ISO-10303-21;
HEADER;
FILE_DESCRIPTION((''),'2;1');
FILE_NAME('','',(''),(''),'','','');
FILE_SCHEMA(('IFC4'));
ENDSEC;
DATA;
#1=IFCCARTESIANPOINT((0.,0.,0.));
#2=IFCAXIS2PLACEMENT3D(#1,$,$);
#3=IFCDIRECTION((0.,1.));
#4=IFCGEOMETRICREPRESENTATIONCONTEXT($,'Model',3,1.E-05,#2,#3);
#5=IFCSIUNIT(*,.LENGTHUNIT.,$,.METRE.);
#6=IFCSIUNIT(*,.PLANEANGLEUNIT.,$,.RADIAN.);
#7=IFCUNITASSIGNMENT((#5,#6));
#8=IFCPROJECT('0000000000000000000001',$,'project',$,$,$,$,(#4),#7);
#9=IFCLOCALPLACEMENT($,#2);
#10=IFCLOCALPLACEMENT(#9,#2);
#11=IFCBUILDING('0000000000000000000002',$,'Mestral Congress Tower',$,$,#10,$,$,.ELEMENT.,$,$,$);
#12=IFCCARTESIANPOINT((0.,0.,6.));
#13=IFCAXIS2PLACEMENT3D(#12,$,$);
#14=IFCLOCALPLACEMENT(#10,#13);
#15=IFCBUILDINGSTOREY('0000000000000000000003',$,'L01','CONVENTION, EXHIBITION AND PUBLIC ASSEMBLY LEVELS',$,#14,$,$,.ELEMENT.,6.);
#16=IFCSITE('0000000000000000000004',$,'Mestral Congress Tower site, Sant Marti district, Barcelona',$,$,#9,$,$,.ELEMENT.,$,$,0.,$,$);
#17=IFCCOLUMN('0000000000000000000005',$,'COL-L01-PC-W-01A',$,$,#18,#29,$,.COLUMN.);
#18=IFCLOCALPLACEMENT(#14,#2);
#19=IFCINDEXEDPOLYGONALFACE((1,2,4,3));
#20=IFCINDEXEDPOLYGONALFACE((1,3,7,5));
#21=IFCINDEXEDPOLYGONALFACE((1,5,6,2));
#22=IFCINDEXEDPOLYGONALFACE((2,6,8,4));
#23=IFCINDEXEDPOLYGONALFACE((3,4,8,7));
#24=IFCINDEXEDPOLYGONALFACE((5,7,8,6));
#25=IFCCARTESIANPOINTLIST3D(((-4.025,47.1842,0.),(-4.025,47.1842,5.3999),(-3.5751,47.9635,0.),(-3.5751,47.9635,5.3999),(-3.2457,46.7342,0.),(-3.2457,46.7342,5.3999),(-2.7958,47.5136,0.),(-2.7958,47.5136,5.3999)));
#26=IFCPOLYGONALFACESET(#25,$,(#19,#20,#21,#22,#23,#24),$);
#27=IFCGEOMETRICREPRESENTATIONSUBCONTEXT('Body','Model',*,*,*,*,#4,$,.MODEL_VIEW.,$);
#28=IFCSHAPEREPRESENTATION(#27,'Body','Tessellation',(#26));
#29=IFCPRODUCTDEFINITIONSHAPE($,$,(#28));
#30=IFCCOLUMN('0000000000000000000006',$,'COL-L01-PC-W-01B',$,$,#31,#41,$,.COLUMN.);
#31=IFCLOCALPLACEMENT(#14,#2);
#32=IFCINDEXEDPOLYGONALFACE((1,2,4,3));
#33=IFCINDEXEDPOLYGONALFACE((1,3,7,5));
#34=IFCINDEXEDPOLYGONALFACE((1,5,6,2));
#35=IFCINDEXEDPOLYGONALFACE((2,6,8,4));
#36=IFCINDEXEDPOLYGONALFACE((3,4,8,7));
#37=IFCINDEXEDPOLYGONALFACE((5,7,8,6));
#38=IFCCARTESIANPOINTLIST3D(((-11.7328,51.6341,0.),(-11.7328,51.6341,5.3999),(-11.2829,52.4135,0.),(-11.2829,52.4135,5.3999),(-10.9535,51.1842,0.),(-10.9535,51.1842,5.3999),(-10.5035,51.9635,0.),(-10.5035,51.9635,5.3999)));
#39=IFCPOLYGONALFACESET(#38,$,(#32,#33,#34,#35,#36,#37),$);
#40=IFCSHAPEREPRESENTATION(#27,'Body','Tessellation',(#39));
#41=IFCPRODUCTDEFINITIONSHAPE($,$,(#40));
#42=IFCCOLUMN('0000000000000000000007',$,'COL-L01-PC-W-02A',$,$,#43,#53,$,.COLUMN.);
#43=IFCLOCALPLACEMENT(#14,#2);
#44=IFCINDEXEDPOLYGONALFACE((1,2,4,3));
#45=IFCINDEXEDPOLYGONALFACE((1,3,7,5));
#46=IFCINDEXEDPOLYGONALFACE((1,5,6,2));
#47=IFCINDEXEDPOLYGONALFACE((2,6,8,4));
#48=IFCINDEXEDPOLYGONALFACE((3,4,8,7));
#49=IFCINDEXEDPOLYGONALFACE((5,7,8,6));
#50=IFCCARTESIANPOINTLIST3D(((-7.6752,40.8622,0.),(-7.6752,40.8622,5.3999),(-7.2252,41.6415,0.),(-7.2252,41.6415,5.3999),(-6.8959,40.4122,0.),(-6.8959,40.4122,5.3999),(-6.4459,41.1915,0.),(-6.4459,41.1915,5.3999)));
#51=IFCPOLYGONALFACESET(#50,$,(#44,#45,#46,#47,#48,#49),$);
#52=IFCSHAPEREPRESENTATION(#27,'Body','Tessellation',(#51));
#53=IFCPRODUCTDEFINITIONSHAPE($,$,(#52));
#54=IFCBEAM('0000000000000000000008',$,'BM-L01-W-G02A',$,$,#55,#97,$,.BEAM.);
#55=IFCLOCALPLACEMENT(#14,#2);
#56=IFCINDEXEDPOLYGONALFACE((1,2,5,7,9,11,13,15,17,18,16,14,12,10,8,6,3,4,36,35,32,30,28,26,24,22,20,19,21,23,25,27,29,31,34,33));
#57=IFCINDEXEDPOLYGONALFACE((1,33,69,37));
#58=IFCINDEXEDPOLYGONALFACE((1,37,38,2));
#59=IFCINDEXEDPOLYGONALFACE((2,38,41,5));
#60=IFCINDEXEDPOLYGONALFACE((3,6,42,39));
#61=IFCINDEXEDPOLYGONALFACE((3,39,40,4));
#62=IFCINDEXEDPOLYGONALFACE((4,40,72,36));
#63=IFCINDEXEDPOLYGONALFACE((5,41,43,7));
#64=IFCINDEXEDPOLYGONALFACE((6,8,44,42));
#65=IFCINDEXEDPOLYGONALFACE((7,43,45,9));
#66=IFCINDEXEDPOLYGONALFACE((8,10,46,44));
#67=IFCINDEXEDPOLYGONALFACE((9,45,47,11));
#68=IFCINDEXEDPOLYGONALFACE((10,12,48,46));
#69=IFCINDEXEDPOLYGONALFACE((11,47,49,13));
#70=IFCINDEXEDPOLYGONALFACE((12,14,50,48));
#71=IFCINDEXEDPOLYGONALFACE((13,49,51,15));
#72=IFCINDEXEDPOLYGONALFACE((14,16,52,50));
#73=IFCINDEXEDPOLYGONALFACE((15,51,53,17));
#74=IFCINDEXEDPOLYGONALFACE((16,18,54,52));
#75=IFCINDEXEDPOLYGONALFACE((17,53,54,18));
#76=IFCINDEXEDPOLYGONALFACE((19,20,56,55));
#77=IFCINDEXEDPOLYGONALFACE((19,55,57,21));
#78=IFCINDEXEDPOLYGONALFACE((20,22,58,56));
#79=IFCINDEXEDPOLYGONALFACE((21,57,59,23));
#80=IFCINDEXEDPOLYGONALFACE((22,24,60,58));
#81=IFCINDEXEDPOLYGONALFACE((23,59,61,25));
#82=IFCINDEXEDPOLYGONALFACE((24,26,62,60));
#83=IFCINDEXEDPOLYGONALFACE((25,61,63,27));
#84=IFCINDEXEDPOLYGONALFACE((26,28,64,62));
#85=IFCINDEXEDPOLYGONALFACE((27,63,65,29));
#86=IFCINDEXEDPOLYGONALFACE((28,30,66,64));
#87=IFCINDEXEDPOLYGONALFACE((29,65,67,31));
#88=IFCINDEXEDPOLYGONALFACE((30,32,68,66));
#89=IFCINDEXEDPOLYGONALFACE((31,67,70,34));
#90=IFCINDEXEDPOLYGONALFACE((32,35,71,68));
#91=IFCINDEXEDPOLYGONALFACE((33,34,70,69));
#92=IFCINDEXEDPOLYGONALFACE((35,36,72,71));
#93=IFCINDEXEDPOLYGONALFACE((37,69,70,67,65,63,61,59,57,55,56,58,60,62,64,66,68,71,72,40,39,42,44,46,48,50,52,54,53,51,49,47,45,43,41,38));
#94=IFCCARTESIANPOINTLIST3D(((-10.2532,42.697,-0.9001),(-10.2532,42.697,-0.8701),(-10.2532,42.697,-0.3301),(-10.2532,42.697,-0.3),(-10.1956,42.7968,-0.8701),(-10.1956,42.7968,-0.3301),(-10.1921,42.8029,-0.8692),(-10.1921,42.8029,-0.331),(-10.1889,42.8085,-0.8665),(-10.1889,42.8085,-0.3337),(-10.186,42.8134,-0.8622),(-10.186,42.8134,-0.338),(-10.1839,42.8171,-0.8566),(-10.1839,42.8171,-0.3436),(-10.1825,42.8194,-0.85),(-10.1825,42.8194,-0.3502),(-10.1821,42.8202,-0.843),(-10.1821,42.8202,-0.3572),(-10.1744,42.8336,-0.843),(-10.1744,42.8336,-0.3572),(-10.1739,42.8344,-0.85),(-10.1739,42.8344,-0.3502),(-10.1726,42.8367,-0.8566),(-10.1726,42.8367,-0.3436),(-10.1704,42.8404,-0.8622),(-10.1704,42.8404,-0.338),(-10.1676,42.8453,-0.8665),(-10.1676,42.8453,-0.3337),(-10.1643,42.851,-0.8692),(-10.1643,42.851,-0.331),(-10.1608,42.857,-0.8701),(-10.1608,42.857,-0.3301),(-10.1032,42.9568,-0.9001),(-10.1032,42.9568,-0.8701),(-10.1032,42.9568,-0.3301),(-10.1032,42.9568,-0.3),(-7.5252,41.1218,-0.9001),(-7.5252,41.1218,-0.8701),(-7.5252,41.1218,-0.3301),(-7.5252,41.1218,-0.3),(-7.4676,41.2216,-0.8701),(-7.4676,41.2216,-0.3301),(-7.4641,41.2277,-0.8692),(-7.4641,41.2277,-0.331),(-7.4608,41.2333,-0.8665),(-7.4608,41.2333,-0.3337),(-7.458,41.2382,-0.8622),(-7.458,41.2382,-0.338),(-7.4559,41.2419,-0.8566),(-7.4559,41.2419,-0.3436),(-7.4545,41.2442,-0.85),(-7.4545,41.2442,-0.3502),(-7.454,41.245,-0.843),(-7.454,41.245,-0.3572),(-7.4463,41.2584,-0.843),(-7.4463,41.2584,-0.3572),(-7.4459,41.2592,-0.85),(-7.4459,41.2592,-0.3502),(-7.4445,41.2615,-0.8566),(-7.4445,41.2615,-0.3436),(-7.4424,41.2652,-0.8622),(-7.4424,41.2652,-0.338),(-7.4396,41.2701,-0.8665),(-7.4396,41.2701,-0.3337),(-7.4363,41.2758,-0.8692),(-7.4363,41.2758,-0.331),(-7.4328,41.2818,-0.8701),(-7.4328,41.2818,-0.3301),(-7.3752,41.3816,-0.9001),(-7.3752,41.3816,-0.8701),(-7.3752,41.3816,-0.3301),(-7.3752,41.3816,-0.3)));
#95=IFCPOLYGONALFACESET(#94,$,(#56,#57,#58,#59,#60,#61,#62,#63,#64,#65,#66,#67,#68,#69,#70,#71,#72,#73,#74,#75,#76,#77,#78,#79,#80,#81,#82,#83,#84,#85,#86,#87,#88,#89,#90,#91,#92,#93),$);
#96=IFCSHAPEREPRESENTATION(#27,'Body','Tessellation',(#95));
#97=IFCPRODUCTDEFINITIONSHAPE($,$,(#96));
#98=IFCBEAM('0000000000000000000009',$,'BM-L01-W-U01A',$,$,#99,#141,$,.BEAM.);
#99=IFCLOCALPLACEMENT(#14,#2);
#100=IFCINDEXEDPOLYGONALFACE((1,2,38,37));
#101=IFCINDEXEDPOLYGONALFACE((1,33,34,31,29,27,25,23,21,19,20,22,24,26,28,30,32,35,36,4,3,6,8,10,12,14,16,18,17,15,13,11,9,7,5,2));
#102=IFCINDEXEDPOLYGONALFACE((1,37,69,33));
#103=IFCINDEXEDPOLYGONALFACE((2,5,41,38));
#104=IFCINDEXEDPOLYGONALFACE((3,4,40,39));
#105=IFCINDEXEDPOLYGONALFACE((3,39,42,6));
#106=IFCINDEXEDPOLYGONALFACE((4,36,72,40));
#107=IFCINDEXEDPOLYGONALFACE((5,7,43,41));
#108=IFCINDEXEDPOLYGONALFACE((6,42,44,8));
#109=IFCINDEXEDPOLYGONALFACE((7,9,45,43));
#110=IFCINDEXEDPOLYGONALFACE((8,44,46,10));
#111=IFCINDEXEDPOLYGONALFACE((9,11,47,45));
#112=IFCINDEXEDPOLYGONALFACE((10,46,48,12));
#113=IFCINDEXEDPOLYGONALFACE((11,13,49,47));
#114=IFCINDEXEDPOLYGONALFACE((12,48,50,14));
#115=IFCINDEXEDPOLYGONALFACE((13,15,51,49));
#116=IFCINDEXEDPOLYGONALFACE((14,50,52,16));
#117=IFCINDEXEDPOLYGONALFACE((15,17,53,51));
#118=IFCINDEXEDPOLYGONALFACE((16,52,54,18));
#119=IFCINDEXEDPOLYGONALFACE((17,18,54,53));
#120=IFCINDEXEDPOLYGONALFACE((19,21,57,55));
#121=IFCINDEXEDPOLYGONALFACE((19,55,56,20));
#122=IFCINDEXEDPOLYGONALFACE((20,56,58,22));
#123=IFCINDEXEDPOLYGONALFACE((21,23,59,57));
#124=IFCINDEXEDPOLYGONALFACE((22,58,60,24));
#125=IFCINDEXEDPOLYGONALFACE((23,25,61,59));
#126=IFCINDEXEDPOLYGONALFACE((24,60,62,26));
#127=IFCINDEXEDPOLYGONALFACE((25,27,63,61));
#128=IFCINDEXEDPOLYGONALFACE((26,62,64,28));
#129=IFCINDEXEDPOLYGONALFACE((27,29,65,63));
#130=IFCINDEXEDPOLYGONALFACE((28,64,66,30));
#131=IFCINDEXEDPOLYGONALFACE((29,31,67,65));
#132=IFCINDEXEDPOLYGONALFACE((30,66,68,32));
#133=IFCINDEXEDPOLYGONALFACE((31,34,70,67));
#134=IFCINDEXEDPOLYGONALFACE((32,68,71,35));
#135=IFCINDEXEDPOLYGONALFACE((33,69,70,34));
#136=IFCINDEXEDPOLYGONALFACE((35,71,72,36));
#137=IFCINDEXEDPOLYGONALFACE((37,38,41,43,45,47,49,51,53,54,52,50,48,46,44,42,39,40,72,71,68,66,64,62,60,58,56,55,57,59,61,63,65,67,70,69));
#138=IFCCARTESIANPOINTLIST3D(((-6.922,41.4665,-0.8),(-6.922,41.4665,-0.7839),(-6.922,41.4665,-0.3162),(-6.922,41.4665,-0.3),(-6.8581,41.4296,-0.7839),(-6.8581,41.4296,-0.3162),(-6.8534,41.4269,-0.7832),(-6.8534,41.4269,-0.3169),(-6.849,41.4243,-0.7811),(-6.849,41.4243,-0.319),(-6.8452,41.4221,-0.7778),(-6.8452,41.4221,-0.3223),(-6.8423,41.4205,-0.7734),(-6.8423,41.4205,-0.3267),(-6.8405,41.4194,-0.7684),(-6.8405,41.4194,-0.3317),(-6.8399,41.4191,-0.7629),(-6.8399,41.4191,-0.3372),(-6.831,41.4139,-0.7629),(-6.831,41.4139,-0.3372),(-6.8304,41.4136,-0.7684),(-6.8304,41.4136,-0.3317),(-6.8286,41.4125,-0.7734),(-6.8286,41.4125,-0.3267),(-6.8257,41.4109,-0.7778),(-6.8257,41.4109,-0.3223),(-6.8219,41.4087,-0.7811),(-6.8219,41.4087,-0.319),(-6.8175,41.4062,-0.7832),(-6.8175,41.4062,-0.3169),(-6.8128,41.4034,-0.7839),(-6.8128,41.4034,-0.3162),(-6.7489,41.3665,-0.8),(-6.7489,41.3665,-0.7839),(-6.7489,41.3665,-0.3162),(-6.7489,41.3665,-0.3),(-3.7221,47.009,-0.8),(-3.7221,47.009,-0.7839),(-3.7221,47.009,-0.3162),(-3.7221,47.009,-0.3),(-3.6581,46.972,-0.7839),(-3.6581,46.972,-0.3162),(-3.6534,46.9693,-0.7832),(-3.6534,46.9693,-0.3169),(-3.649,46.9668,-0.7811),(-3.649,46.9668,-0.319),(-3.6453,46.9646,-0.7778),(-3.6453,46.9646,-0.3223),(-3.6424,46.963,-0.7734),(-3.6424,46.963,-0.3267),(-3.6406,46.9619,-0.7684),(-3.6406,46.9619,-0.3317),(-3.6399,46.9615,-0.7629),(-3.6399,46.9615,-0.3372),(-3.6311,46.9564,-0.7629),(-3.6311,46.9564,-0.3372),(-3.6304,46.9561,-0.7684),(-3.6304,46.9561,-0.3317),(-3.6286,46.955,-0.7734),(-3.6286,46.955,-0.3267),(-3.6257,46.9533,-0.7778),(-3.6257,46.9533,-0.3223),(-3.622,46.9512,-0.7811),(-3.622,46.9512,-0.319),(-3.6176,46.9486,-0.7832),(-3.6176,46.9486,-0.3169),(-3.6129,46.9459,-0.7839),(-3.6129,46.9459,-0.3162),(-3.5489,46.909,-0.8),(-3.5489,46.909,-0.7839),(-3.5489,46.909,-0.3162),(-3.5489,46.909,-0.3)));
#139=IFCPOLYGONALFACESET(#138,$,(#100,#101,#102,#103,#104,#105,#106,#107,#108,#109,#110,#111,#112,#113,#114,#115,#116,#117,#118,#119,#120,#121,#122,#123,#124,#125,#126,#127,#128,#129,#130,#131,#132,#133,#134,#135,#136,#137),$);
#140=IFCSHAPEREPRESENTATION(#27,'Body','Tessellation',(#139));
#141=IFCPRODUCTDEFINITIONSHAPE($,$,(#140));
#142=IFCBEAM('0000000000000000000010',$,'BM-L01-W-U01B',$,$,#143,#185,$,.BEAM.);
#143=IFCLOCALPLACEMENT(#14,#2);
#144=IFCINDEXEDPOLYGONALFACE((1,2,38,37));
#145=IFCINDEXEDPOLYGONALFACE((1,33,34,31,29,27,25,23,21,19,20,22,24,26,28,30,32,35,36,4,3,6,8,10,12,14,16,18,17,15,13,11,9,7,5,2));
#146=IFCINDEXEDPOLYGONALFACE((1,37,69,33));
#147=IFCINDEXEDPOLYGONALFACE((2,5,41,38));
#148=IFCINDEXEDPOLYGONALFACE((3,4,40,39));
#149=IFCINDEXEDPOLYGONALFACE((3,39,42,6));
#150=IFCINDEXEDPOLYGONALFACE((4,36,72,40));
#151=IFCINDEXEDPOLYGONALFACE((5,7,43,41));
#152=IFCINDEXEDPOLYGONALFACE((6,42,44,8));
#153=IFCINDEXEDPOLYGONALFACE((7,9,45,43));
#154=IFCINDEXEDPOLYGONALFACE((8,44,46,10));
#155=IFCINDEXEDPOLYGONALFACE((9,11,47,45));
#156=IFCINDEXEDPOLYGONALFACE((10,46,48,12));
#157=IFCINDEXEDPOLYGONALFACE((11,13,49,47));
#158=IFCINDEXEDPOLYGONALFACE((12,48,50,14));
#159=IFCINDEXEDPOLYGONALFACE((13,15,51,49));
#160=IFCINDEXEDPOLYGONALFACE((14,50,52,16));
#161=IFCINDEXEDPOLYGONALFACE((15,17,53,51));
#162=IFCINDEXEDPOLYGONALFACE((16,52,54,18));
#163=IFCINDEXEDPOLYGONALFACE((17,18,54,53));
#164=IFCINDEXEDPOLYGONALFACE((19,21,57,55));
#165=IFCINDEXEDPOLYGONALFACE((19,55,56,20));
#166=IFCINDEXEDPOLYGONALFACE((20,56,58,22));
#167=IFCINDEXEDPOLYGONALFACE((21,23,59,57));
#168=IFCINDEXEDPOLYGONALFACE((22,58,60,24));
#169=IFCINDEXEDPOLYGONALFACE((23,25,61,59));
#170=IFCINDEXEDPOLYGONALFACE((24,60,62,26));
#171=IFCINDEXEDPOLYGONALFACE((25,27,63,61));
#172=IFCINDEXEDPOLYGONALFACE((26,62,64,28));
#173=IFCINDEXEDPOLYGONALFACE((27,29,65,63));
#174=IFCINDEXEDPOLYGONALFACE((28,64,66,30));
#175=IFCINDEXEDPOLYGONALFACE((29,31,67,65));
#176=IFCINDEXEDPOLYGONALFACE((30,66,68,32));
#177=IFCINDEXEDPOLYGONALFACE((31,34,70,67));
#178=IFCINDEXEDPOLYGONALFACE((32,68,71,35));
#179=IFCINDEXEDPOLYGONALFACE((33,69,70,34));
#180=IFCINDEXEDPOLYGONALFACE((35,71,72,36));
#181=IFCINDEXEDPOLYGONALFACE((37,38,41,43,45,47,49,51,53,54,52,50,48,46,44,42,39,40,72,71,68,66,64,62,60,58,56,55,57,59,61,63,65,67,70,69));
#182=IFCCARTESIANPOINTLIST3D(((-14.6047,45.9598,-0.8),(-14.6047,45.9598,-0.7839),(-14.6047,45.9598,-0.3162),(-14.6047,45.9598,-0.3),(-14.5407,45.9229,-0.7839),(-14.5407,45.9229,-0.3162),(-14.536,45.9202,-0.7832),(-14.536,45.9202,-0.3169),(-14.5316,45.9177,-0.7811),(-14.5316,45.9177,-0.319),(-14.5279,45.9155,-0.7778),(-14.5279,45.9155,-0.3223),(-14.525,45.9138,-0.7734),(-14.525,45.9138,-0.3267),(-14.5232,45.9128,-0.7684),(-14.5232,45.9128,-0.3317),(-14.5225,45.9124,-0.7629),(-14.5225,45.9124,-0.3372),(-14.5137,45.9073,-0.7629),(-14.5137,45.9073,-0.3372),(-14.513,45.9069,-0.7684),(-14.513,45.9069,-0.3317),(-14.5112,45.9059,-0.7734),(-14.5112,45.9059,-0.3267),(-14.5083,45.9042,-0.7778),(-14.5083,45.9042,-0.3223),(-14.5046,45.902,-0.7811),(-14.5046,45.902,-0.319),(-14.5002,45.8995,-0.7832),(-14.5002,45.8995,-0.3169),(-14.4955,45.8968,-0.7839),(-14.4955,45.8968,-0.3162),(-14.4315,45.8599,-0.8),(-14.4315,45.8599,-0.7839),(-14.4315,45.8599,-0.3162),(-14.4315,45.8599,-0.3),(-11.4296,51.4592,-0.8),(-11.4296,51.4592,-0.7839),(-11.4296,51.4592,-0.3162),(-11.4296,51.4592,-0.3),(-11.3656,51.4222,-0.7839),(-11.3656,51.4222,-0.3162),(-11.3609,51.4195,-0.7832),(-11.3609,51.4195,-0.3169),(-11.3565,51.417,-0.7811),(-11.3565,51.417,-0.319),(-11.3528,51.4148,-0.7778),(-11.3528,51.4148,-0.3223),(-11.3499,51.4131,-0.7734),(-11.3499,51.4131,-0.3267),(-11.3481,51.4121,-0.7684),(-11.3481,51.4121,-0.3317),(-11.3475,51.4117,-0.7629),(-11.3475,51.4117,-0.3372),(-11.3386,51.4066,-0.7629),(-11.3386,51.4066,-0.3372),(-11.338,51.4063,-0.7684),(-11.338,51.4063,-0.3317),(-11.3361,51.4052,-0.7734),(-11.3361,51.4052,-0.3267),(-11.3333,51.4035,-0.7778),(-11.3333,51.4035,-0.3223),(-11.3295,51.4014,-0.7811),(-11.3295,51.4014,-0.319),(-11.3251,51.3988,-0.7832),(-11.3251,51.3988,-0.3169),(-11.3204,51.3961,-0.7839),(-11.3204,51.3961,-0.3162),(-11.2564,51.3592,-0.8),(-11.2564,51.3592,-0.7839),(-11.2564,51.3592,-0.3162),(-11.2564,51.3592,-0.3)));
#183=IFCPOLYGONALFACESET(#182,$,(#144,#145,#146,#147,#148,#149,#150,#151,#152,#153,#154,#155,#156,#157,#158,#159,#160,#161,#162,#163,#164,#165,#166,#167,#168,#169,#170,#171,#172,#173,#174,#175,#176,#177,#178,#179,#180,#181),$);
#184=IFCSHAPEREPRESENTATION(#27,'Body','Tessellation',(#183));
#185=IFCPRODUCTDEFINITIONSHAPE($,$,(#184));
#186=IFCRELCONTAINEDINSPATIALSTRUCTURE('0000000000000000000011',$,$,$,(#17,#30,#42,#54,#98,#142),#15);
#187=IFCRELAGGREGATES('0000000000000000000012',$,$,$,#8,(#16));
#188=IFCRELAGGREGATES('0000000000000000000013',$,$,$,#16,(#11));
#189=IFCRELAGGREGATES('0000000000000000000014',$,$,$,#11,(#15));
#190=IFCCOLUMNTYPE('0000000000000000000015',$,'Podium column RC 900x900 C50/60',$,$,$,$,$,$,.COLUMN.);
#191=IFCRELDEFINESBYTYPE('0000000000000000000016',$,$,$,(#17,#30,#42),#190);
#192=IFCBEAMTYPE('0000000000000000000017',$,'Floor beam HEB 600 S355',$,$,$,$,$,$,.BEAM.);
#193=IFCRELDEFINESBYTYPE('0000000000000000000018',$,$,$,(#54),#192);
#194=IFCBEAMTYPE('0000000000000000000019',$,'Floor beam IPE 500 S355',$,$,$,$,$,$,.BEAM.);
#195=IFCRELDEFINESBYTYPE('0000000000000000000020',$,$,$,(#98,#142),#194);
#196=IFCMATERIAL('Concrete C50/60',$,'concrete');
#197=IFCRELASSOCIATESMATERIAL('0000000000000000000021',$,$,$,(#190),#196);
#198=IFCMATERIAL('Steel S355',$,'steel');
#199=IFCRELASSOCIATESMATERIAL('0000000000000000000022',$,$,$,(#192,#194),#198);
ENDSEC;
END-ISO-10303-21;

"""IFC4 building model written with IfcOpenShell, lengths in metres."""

from ifc_helpers import new_model, si_unit, direction, frame, origin, origin_2d, place, context, subcontext, project, spatial, rectangle, i_section, extrude, material, material_profile, profile_set, type_object, element, save


model = new_model("IFC4")

# Units and contexts
model_context = context("Model", 3, precision=1e-05, world=origin(), true_north=direction((0.0, 1.0)))
body_context = subcontext(model_context, "Body", "Model", "MODEL_VIEW")
ifc_project = project(units=[si_unit("LENGTHUNIT", "METRE"), si_unit("PLANEANGLEUNIT", "RADIAN")], contexts=[model_context])

# Site, building, storey
site_placement = place(None, origin())
site = spatial("IfcSite", under=ifc_project, at=site_placement, Name="Mestral Congress Tower site, Sant Marti district, Barcelona", CompositionType="ELEMENT", RefElevation=0.0)
building_placement = place(site_placement, origin())
building = spatial("IfcBuilding", under=site, at=building_placement, Name="Mestral Congress Tower", CompositionType="ELEMENT")
storey_placement = place(building_placement, frame((0.0, 0.0, 6.0)))
storey = spatial("IfcBuildingStorey", under=building, at=storey_placement, Name="L01", Description="CONVENTION, EXHIBITION AND PUBLIC ASSEMBLY LEVELS", CompositionType="ELEMENT", Elevation=6.0)

# Columns
ifc_material_1 = material(Name="Concrete C50/60", Category="concrete")
ifc_material_profile_1 = material_profile(ifc_material_1, rectangle(XDim=0.8999, YDim=0.8999, at=origin_2d()), Name="RC 900x900")
ifc_profile_set_1 = profile_set([ifc_material_profile_1], Name="Concrete C50/60")
column_type = type_object("IfcColumnType", Name="Podium column RC 900x900 C50/60", PredefinedType="COLUMN", material=ifc_profile_set_1)
for number, where, z_axis, x_axis, name in (
    (1, (-3.4104, 47.3489, 0.0), (0.0, 0.0, 1.0), (-0.5, -0.866025, 0.0), "COL-L01-PC-W-01A"),
    (2, (-11.1182, 51.7988, 0.0), (0.0, 0.0, 1.0), (-0.5, -0.866025, 0.0), "COL-L01-PC-W-01B"),
    (3, (-7.0605, 41.0269, 0.0), (0.0, 0.0, 1.0), (-0.5, -0.866025, 0.0), "COL-L01-PC-W-02A"),
):
    element("IfcColumn", number, at=place(storey_placement, frame(where, z_axis=z_axis, x_axis=x_axis)), inside=storey, type_object=column_type, Name=name, PredefinedType="COLUMN", context=body_context, shape_type="SweptSolid", body=[
        extrude(rectangle(XDim=0.8999, YDim=0.8999, at=origin_2d()), origin(), (0.0, 0.0, 1.0), 5.3999),
    ])

# Beams
ifc_material_2 = material(Name="Steel S355", Category="steel")
ifc_material_profile_2 = material_profile(ifc_material_2, i_section(OverallWidth=0.3, OverallDepth=0.6001, WebThickness=0.0154, FlangeThickness=0.03, FilletRadius=0.0271, at=origin_2d()), Name="HEB 600")
ifc_profile_set_2 = profile_set([ifc_material_profile_2], Name="Steel S355")
beam_type_1 = type_object("IfcBeamType", Name="Floor beam HEB 600 S355", PredefinedType="BEAM", material=ifc_profile_set_2)
beam_1_placement = place(storey_placement, frame((-7.4502, 41.2517, -0.6001), z_axis=(-0.866002, 0.50004, 0.0), x_axis=(-0.50004, -0.866002, 0.0)))
element("IfcBeam", 4, at=beam_1_placement, inside=storey, type_object=beam_type_1, Name="BM-L01-W-G02A", PredefinedType="BEAM", context=body_context, shape_type="SweptSolid", body=[
    extrude(i_section(OverallWidth=0.3, OverallDepth=0.6001, WebThickness=0.0154, FlangeThickness=0.03, FilletRadius=0.0271, at=origin_2d()), origin(), (0.0, 0.0, 1.0), 3.1501),
])
ifc_material_profile_3 = material_profile(ifc_material_2, i_section(OverallWidth=0.2, OverallDepth=0.5, WebThickness=0.0103, FlangeThickness=0.0161, FilletRadius=0.021, at=origin_2d()), Name="IPE 500")
ifc_profile_set_3 = profile_set([ifc_material_profile_3], Name="Steel S355")
beam_type_2 = type_object("IfcBeamType", Name="Floor beam IPE 500 S355", PredefinedType="BEAM", material=ifc_profile_set_3)
beam_2_placement = place(storey_placement, frame((-3.6355, 46.959, -0.55), z_axis=(-0.5, -0.866025, 0.0), x_axis=(0.866025, -0.5, 0.0)))
element("IfcBeam", 5, at=beam_2_placement, inside=storey, type_object=beam_type_2, Name="BM-L01-W-U01A", PredefinedType="BEAM", context=body_context, shape_type="SweptSolid", body=[
    extrude(i_section(OverallWidth=0.2, OverallDepth=0.5, WebThickness=0.0103, FlangeThickness=0.0161, FilletRadius=0.021, at=origin_2d()), origin(), (0.0, 0.0, 1.0), 6.3999),
])
beam_3_placement = place(storey_placement, frame((-11.343, 51.4092, -0.55), z_axis=(-0.500005, -0.866022, 0.0), x_axis=(0.866022, -0.500005, 0.0)))
element("IfcBeam", 6, at=beam_3_placement, inside=storey, type_object=beam_type_2, Name="BM-L01-W-U01B", PredefinedType="BEAM", context=body_context, shape_type="SweptSolid", body=[
    extrude(i_section(OverallWidth=0.2, OverallDepth=0.5, WebThickness=0.0103, FlangeThickness=0.0161, FilletRadius=0.021, at=origin_2d()), origin(), (0.0, 0.0, 1.0), 6.3501),
])

save(model, "model.ifc")
